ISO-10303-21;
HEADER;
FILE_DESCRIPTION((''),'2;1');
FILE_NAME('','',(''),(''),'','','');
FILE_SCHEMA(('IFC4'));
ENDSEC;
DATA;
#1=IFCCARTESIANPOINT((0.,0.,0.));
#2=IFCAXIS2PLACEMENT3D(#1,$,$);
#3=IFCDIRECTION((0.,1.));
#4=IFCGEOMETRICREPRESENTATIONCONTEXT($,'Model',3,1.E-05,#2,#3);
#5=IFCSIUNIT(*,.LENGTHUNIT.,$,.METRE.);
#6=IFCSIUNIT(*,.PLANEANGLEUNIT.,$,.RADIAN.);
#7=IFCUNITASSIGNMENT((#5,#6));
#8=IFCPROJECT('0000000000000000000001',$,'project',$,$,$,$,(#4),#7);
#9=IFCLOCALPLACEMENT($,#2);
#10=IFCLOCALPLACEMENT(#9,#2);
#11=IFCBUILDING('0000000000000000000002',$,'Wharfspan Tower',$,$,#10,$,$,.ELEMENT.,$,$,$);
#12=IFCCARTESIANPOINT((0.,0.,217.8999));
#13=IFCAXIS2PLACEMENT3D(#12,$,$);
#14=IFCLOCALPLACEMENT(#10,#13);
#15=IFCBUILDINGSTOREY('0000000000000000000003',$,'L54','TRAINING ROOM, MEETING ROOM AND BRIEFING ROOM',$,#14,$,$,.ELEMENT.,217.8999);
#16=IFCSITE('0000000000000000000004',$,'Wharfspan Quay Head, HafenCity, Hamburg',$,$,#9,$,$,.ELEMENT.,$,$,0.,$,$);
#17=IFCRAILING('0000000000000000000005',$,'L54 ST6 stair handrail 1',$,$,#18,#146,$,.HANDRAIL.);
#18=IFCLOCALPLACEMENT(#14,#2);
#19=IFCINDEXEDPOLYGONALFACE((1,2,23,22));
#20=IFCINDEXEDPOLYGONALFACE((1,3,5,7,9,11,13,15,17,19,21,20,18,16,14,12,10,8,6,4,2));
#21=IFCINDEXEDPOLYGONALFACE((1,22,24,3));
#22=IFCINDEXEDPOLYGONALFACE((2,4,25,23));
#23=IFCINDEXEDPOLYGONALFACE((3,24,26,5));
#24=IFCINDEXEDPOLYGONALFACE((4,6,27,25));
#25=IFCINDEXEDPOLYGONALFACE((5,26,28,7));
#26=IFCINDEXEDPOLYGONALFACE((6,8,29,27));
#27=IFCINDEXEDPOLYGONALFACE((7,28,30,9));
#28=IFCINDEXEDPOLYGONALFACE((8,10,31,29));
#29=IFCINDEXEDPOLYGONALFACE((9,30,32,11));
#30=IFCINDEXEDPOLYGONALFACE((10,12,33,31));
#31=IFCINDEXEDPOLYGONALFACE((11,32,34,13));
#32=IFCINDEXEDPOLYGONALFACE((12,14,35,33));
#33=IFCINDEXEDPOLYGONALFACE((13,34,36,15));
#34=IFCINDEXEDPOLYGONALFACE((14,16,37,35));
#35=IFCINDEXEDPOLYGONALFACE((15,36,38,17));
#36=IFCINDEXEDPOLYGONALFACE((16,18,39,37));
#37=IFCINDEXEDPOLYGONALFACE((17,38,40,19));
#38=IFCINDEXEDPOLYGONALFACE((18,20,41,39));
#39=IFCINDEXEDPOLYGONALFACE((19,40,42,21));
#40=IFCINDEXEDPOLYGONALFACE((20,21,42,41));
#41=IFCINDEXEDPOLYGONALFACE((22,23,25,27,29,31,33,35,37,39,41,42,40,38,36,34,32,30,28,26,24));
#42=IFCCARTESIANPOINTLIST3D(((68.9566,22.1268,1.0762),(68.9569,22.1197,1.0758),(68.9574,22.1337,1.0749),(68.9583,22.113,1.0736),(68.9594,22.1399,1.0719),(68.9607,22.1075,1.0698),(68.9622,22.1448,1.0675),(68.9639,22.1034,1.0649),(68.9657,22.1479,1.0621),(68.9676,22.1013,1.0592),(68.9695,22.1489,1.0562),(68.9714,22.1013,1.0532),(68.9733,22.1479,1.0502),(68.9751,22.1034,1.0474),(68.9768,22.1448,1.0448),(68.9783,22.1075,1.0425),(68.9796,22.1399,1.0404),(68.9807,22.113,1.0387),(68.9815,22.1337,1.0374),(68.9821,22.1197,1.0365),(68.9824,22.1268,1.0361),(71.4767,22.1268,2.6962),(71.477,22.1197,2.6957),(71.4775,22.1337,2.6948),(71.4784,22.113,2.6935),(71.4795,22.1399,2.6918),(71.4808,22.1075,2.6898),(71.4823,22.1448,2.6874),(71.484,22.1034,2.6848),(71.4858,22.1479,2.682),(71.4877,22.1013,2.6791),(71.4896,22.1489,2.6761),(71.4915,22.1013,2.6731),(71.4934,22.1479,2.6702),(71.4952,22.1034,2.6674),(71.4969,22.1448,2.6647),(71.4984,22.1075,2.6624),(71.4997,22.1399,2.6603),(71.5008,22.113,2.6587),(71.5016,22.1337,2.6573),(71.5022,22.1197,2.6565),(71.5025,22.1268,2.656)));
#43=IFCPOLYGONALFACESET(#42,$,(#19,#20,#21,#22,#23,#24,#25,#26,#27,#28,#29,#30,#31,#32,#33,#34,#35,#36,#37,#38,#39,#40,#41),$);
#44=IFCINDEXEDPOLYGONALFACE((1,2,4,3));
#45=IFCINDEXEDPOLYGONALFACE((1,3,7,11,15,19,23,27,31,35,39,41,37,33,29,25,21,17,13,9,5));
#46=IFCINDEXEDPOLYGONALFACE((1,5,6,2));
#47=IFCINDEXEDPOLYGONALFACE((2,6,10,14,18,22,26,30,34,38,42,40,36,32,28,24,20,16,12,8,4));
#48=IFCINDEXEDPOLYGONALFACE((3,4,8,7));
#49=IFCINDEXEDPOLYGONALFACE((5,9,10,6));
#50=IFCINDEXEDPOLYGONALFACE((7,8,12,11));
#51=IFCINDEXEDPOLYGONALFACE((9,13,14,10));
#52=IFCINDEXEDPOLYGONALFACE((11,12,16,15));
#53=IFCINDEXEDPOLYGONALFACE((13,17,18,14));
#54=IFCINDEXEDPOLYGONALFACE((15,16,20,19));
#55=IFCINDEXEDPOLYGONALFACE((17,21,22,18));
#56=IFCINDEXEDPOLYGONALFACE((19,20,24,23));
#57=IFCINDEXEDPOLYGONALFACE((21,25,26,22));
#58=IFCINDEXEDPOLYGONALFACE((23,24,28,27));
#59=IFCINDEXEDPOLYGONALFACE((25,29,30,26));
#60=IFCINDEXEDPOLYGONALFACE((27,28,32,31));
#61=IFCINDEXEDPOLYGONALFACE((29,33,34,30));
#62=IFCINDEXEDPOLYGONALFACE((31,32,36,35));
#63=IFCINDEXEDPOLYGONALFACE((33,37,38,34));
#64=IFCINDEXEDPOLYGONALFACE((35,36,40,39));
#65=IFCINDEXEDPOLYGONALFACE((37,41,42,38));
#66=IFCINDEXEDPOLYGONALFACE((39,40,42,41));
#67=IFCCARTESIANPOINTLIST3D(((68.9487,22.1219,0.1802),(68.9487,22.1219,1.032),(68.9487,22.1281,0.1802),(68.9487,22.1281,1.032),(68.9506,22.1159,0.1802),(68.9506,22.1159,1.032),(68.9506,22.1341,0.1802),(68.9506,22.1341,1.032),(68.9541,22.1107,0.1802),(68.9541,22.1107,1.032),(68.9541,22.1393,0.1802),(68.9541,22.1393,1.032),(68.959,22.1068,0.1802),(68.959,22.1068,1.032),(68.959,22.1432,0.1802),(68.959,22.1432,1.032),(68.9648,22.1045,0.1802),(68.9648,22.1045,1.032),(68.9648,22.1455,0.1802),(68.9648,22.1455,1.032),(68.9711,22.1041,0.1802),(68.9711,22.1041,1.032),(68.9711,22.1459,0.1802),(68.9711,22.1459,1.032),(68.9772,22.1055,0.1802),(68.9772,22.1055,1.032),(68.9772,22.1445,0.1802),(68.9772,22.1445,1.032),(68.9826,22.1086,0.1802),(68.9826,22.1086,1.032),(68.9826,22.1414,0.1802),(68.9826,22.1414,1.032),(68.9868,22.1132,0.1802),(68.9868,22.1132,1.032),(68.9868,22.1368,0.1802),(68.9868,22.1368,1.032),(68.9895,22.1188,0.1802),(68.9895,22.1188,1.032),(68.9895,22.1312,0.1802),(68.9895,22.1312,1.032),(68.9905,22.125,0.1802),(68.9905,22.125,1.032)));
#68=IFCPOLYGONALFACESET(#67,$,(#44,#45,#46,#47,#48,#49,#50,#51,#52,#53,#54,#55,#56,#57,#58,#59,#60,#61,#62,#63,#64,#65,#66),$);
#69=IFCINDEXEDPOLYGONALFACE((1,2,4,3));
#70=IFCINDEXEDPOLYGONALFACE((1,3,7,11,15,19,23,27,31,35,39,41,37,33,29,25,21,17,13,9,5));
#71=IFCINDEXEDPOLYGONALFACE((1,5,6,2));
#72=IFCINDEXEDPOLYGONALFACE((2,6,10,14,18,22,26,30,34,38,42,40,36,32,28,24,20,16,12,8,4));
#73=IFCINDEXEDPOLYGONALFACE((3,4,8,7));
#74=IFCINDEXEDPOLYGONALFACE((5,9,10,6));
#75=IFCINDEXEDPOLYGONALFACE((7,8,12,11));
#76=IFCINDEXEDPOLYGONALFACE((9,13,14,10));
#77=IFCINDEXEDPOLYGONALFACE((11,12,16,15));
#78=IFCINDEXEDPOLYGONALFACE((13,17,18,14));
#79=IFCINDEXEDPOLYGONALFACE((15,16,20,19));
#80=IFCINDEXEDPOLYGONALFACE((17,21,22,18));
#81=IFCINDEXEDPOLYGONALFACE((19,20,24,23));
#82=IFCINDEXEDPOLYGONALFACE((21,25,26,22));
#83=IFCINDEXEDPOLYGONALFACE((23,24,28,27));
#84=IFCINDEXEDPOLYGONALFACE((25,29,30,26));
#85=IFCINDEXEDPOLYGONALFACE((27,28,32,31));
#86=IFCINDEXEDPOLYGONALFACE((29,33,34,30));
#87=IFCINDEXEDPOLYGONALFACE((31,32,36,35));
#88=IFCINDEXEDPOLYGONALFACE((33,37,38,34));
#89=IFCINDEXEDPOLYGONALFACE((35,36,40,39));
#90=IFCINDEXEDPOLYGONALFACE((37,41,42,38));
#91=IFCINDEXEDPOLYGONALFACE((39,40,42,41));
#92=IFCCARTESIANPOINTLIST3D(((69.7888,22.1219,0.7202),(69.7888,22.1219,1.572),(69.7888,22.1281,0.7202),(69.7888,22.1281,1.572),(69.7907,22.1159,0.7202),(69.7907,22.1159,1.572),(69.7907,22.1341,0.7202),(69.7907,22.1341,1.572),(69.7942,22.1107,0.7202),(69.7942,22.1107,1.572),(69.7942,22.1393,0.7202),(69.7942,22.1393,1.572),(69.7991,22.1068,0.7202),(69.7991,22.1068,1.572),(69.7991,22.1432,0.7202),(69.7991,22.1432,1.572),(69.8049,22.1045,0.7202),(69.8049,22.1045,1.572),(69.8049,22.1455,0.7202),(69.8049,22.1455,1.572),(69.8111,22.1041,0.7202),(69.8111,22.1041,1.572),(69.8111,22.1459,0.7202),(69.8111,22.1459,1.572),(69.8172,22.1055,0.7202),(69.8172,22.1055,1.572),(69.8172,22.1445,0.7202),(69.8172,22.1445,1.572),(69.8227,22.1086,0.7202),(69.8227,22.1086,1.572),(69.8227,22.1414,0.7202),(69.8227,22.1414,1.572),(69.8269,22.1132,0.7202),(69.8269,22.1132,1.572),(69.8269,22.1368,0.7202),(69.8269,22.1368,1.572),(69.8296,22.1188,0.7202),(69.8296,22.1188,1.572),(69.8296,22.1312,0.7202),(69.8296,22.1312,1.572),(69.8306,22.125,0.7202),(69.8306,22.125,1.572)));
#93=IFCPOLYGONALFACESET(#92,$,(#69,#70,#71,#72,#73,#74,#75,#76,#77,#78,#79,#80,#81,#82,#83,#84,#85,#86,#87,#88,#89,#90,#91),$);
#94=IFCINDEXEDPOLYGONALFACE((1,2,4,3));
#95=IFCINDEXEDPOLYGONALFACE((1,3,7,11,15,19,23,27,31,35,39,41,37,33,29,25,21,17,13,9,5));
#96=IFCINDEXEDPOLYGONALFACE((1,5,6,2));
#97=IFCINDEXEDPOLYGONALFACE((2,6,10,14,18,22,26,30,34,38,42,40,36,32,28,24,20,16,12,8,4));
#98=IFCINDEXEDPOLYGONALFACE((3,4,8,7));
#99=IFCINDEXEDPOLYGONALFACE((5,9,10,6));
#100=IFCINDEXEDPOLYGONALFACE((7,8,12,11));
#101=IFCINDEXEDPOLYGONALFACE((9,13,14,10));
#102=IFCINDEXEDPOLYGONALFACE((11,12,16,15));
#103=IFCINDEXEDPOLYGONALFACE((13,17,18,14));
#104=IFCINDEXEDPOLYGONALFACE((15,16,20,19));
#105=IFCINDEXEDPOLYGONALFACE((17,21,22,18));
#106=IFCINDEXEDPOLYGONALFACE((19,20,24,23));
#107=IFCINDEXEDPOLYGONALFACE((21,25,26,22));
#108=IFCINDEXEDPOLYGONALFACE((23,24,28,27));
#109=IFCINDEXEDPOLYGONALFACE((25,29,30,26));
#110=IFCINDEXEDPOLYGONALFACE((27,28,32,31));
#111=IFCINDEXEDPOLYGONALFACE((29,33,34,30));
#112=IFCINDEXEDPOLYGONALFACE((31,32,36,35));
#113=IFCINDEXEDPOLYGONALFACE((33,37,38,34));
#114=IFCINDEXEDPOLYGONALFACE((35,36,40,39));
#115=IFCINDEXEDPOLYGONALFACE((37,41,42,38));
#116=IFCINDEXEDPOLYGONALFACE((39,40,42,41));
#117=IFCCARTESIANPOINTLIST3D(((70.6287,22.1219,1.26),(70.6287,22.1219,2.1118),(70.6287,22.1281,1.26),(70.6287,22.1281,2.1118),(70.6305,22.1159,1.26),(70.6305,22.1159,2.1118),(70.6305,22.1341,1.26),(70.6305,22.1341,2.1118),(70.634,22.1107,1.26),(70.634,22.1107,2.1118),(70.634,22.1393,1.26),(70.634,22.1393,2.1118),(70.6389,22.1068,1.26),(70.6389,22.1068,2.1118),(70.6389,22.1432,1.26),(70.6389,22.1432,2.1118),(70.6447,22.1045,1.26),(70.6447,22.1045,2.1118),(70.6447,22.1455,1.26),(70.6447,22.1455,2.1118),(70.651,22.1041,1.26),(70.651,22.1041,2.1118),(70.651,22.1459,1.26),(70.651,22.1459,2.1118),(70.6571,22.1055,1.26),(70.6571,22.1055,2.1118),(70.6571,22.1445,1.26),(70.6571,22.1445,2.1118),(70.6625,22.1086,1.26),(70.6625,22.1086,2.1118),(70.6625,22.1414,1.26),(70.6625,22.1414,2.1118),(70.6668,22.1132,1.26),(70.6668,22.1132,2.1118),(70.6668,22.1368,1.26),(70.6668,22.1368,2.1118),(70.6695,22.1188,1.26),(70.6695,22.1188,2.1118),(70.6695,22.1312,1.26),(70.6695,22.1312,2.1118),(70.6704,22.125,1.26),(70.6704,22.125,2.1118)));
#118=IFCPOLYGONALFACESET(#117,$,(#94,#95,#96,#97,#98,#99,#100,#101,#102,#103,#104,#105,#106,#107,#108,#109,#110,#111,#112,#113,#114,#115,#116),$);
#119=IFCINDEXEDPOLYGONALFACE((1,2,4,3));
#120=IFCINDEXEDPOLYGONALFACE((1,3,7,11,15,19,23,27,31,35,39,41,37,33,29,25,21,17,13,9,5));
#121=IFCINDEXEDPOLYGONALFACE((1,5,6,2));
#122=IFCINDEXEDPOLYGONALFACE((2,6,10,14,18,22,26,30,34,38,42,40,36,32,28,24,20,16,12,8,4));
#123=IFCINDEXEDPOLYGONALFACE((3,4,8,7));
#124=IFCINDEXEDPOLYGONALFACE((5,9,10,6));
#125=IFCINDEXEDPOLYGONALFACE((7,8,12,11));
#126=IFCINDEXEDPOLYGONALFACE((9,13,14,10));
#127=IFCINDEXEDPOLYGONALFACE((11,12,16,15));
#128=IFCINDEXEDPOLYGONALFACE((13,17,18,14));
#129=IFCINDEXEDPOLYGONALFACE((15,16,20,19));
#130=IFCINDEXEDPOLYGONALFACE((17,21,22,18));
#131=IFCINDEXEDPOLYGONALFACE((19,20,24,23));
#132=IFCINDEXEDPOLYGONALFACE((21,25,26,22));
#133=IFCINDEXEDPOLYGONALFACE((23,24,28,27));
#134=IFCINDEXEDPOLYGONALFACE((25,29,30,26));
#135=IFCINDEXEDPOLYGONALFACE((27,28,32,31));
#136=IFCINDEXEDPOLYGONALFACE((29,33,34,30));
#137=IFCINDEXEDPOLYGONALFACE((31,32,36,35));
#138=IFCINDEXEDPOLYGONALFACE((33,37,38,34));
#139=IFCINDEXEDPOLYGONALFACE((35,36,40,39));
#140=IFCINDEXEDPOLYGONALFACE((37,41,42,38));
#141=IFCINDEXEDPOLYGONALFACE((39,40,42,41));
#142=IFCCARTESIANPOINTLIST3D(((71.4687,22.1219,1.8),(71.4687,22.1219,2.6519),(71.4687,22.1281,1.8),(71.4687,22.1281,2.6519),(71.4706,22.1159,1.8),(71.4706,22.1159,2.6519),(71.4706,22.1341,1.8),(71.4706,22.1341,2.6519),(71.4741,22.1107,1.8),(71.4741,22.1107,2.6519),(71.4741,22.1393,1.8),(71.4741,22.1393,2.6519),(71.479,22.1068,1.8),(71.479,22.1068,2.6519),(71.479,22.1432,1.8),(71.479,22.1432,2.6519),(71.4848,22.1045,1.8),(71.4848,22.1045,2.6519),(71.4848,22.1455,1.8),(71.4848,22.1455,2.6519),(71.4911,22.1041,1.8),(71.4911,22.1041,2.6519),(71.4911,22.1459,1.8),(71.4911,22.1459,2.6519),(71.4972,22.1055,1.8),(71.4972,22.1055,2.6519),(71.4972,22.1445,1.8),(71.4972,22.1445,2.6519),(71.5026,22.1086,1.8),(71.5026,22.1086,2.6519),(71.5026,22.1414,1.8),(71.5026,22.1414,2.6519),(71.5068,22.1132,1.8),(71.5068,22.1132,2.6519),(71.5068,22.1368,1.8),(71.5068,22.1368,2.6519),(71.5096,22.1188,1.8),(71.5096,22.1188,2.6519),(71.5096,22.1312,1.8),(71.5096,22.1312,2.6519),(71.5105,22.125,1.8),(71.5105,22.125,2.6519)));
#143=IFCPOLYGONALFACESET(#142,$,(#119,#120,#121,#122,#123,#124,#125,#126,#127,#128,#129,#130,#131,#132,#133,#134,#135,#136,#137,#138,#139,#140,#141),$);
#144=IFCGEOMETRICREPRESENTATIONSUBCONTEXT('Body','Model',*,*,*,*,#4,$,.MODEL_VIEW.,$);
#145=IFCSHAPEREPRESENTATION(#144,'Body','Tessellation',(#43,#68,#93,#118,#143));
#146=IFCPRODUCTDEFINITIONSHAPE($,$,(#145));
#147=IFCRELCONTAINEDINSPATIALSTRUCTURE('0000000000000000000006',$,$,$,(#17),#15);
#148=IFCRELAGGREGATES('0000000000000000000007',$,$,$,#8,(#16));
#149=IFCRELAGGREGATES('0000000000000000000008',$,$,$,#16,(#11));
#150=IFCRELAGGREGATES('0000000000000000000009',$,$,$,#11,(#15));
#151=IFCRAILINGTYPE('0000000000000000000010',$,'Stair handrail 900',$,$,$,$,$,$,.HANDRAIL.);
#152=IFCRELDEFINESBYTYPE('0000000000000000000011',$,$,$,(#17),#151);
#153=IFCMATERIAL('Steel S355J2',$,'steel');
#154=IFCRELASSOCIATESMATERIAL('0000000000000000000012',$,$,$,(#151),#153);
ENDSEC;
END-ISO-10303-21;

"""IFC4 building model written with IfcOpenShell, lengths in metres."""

from ifc_helpers import new_model, si_unit, direction, frame, origin, origin_2d, place, context, subcontext, project, spatial, circle, extrude, material, type_object, element, save


model = new_model("IFC4")

# Units and contexts
model_context = context("Model", 3, precision=1e-05, world=origin(), true_north=direction((0.0, 1.0)))
body_context = subcontext(model_context, "Body", "Model", "MODEL_VIEW")
ifc_project = project(units=[si_unit("LENGTHUNIT", "METRE"), si_unit("PLANEANGLEUNIT", "RADIAN")], contexts=[model_context])

# Site, building, storey
site_placement = place(None, origin())
site = spatial("IfcSite", under=ifc_project, at=site_placement, Name="Wharfspan Quay Head, HafenCity, Hamburg", CompositionType="ELEMENT", RefElevation=0.0)
building_placement = place(site_placement, origin())
building = spatial("IfcBuilding", under=site, at=building_placement, Name="Wharfspan Tower", CompositionType="ELEMENT")
storey_placement = place(building_placement, frame((0.0, 0.0, 217.8999)))
storey = spatial("IfcBuildingStorey", under=building, at=storey_placement, Name="L54", Description="TRAINING ROOM, MEETING ROOM AND BRIEFING ROOM", CompositionType="ELEMENT", Elevation=217.8999)

# Railing
ifc_material_1 = material(Name="Steel S355J2", Category="steel")
railing_type_1 = type_object("IfcRailingType", Name="Stair handrail 900", PredefinedType="HANDRAIL", material=ifc_material_1)
railing_1_placement = place(storey_placement, frame((68.9695, 22.125, 0.1802)))
element("IfcRailing", 1, at=railing_1_placement, inside=storey, type_object=railing_type_1, Name="L54 ST6 stair handrail 1", PredefinedType="HANDRAIL", context=body_context, shape_type="SweptSolid", body=[
    extrude(circle(Radius=0.0239, at=origin_2d()), frame((0.0, 0.0, 0.876), z_axis=(0.8412, 0.0, 0.540725), x_axis=(0.0, 1.0, 0.0)), (0.0, 0.0, 1.0), 2.9958),
    extrude(circle(Radius=0.021, at=origin_2d()), origin(), (0.0, 0.0, 1.0), 0.8518),
    extrude(circle(Radius=0.021, at=origin_2d()), frame((0.8401, 0.0, 0.54)), (0.0, 0.0, 1.0), 0.8518),
    extrude(circle(Radius=0.021, at=origin_2d()), frame((1.6799, 0.0, 1.0798)), (0.0, 0.0, 1.0), 0.8518),
    extrude(circle(Radius=0.021, at=origin_2d()), frame((2.52, 0.0, 1.6199)), (0.0, 0.0, 1.0), 0.8518),
])

save(model, "model.ifc")
